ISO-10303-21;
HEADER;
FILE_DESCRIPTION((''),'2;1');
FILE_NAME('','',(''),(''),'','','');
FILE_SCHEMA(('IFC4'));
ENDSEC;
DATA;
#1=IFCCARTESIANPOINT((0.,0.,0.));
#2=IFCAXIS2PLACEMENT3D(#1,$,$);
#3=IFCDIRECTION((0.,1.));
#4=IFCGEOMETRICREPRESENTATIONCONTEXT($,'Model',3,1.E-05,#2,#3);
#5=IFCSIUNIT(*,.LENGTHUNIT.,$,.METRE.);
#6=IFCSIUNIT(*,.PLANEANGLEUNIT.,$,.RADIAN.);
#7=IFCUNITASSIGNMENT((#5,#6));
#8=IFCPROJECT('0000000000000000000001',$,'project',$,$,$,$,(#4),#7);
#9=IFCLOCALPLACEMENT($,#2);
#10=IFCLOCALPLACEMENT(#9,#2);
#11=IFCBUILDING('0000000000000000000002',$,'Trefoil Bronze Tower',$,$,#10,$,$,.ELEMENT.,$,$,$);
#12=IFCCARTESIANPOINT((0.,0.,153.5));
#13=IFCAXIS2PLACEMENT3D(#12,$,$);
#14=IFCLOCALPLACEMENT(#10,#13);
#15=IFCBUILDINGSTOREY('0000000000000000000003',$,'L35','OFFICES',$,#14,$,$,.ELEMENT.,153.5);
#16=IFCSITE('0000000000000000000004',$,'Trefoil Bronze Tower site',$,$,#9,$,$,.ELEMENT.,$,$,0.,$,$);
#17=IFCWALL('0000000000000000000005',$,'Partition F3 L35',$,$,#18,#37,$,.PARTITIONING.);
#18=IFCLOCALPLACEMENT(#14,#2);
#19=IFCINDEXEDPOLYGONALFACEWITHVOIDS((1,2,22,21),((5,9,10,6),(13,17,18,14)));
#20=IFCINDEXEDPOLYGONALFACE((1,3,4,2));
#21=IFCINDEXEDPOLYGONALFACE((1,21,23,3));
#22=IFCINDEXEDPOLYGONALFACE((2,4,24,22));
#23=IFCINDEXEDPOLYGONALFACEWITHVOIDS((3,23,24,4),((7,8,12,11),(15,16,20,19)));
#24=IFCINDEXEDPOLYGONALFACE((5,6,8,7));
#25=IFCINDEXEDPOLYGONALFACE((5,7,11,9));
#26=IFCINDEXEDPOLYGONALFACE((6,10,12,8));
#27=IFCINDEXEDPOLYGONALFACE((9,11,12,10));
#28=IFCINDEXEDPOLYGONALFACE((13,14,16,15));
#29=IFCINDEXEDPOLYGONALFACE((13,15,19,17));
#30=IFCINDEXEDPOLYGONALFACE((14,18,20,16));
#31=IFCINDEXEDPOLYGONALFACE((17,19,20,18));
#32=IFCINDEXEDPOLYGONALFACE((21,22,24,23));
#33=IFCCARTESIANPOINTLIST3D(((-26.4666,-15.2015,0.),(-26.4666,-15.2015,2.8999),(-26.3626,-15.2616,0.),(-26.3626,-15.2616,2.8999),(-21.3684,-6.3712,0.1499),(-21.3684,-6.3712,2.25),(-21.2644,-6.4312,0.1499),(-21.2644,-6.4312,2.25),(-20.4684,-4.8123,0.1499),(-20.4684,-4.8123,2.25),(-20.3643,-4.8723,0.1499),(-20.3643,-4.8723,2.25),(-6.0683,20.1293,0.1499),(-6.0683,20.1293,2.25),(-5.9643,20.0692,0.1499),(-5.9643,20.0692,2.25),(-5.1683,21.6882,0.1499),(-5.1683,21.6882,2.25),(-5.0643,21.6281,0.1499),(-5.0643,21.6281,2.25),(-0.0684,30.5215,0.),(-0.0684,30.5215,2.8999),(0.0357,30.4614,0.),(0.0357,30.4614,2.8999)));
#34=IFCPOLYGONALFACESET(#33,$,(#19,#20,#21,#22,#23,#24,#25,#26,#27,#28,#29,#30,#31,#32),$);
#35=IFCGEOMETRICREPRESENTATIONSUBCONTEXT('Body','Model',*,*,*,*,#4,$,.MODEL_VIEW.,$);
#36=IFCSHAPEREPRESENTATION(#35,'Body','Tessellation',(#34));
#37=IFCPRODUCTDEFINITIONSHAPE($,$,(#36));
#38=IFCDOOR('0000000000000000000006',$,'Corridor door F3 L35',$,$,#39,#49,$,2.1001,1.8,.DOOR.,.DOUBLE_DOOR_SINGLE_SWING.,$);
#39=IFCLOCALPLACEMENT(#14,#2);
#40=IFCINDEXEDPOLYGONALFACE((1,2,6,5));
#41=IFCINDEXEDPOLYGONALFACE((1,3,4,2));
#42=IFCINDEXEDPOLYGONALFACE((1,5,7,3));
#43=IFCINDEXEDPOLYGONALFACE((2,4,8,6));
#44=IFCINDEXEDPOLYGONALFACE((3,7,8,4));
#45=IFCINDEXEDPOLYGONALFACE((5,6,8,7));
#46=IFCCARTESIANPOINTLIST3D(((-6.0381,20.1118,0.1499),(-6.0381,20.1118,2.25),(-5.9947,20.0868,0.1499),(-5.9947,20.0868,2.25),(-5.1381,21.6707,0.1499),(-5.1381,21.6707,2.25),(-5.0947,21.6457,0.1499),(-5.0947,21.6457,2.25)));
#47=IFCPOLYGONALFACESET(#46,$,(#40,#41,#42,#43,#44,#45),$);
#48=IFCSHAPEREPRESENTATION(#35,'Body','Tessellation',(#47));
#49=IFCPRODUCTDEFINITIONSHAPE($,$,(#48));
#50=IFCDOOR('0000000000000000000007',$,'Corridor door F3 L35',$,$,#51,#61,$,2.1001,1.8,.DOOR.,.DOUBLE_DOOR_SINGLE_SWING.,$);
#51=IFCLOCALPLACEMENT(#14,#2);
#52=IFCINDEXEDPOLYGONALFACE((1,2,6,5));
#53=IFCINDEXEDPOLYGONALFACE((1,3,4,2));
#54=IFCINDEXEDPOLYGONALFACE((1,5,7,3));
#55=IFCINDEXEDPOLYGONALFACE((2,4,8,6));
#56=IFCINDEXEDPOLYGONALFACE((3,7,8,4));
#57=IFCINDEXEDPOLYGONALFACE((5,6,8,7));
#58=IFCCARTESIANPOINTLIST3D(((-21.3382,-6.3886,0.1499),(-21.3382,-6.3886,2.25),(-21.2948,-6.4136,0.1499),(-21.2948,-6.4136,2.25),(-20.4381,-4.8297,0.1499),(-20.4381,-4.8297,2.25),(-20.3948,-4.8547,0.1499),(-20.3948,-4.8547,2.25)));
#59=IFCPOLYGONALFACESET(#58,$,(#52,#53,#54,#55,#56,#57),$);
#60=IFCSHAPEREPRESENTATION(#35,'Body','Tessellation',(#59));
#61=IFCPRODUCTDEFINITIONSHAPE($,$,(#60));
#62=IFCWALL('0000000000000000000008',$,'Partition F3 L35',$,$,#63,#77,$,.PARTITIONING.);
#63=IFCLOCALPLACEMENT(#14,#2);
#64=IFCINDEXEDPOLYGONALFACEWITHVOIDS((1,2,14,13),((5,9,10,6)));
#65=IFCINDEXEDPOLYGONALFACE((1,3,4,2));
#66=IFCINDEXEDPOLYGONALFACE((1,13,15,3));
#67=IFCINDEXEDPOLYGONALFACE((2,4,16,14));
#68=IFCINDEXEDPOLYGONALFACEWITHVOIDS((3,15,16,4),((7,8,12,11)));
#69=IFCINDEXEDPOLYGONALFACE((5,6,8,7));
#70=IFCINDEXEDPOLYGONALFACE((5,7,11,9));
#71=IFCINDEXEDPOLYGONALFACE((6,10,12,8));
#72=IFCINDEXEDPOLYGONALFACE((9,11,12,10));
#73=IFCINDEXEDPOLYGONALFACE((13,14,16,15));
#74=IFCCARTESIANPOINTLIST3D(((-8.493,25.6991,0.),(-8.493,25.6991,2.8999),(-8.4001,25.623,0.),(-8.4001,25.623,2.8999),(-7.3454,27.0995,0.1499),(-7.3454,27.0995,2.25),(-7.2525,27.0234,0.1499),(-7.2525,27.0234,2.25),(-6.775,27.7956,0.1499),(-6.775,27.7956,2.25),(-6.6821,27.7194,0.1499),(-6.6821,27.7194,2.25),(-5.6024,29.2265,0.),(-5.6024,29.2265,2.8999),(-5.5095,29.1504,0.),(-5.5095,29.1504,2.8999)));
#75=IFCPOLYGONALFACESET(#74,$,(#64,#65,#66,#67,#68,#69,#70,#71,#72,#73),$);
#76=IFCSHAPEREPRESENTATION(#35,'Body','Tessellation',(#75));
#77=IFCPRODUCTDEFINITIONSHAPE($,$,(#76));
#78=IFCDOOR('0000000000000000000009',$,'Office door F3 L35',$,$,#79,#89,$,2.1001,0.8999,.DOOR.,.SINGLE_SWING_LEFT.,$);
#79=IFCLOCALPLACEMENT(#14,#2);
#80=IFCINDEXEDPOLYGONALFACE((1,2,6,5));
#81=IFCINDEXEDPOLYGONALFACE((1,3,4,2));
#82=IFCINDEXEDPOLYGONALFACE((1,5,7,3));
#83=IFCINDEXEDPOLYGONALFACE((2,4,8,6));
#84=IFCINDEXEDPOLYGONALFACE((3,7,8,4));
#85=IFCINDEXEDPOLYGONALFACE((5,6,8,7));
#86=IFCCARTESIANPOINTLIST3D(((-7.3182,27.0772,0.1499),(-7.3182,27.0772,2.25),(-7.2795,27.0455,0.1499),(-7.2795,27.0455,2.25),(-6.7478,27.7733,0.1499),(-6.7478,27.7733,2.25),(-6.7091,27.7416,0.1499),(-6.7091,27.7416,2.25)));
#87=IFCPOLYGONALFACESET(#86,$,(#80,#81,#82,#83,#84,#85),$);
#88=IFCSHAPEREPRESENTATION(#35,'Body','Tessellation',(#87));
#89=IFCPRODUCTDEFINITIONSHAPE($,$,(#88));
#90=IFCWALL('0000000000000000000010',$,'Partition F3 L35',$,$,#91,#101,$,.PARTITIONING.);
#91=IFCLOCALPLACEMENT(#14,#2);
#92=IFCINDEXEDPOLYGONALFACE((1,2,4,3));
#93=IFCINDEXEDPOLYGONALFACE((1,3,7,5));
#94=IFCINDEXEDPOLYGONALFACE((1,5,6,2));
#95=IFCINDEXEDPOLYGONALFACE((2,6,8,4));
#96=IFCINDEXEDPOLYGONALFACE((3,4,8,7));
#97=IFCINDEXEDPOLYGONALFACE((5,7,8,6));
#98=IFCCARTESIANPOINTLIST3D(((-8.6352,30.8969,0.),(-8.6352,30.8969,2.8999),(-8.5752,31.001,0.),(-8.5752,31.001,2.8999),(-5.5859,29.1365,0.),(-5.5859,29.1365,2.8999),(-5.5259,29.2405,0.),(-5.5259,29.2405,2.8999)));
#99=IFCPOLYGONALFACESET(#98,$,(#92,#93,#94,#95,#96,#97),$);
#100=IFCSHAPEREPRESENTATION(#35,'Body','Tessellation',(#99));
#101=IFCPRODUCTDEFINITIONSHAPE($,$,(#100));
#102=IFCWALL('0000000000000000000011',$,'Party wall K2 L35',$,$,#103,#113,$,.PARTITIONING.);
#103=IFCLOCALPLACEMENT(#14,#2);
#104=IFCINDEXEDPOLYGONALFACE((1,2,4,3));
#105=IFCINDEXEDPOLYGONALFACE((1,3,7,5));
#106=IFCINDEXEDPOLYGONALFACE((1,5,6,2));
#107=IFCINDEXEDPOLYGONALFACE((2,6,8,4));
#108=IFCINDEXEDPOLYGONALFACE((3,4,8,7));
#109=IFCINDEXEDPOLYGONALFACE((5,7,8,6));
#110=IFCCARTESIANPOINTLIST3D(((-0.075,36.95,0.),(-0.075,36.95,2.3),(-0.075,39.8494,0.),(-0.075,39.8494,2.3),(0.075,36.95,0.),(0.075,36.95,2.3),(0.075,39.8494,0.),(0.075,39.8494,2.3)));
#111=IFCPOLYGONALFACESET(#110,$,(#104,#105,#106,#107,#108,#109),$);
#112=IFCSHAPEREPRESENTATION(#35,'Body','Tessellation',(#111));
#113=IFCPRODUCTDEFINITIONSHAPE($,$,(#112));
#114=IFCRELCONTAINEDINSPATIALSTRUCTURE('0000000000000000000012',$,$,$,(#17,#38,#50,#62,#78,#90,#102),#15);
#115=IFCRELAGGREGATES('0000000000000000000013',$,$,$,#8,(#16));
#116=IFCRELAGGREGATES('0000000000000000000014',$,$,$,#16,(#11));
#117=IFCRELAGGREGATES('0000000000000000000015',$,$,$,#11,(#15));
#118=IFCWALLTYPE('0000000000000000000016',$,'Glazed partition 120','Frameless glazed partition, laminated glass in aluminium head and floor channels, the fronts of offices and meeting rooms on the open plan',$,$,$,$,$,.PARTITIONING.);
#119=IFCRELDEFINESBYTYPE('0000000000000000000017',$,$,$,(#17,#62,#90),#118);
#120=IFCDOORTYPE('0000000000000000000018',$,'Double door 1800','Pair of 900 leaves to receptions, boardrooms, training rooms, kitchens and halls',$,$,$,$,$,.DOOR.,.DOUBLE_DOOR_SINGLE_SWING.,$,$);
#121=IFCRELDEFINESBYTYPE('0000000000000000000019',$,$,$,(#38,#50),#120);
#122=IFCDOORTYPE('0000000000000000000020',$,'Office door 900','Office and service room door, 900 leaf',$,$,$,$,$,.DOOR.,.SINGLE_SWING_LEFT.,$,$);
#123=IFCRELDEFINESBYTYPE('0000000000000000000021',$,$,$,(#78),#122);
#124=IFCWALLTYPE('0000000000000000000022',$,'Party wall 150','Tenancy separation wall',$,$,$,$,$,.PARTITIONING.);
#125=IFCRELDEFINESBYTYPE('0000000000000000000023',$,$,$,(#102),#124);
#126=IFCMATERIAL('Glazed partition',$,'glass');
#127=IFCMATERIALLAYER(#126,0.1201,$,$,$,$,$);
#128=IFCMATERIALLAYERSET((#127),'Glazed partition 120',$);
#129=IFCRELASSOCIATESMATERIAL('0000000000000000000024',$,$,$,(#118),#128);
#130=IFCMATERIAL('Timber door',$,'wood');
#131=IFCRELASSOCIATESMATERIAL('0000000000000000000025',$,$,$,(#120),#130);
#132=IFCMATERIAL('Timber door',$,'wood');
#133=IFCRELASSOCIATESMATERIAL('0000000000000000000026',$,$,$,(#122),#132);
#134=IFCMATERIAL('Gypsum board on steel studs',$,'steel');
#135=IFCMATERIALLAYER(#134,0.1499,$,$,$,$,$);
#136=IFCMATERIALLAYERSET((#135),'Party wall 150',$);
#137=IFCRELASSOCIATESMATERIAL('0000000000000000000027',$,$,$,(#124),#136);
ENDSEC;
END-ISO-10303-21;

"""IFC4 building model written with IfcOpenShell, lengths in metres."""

from ifc_helpers import new_model, si_unit, direction, frame, frame_2d, origin, place, context, subcontext, project, spatial, rectangle, extrude, material, layer, layer_set, type_object, element, fill, save


model = new_model("IFC4")

# Units and contexts
model_context = context("Model", 3, precision=1e-05, world=origin(), true_north=direction((0.0, 1.0)))
body_context = subcontext(model_context, "Body", "Model", "MODEL_VIEW")
ifc_project = project(units=[si_unit("LENGTHUNIT", "METRE"), si_unit("PLANEANGLEUNIT", "RADIAN")], contexts=[model_context])

# Site, building, storey
site_placement = place(None, origin())
site = spatial("IfcSite", under=ifc_project, at=site_placement, Name="Trefoil Bronze Tower site", CompositionType="ELEMENT", RefElevation=0.0)
building_placement = place(site_placement, origin())
building = spatial("IfcBuilding", under=site, at=building_placement, Name="Trefoil Bronze Tower", CompositionType="ELEMENT")
storey_placement = place(building_placement, frame((0.0, 0.0, 153.5)))
storey = spatial("IfcBuildingStorey", under=building, at=storey_placement, Name="L35", Description="OFFICES", CompositionType="ELEMENT", Elevation=153.5)

# Wall, openings, doors
ifc_material_1 = material(Name="Glazed partition", Category="glass")
ifc_layer_1 = layer(ifc_material_1, 0.1201)
ifc_layer_set_1 = layer_set([ifc_layer_1], Name="Glazed partition 120")
wall_type_1 = type_object("IfcWallType", Name="Glazed partition 120", Description="Frameless glazed partition, laminated glass in aluminium head and floor channels, the fronts of offices and meeting rooms on the open plan", PredefinedType="PARTITIONING", material=ifc_layer_set_1)
wall_1_placement = place(storey_placement, frame((-0.0164, 30.4915, 0.0), z_axis=(0.0, 0.0, 1.0), x_axis=(-0.500001, -0.866025, 0.0)))
wall_1 = element("IfcWall", 1, at=wall_1_placement, inside=storey, type_object=wall_type_1, Name="Partition F3 L35", PredefinedType="PARTITIONING", context=body_context, shape_type="SweptSolid", body=[
    extrude(rectangle(XDim=52.7964, YDim=0.1201, at=frame_2d((26.3982, 0.0))), origin(), (0.0, 0.0, 1.0), 2.8999),
])
opening_1_placement = place(wall_1_placement, frame((10.2, 0.0, 0.1499)))
opening_1 = element("IfcOpeningElement", 2, at=opening_1_placement, cuts=wall_1, PredefinedType="OPENING", context=body_context, shape_type="SweptSolid", body=[
    extrude(rectangle(XDim=1.8, YDim=2.1001, at=frame_2d((0.8999, 1.05))), frame((0.0, 0.0701, 0.0), z_axis=(0.0, -1.0, 0.0), x_axis=(1.0, 0.0, 0.0)), (0.0, 0.0, 1.0), 0.1401),
])
opening_2_placement = place(wall_1_placement, frame((40.8, 0.0, 0.1499)))
opening_2 = element("IfcOpeningElement", 3, at=opening_2_placement, cuts=wall_1, PredefinedType="OPENING", context=body_context, shape_type="SweptSolid", body=[
    extrude(rectangle(XDim=1.8, YDim=2.1001, at=frame_2d((0.8999, 1.05))), frame((0.0, 0.0701, 0.0), z_axis=(0.0, -1.0, 0.0), x_axis=(1.0, 0.0, 0.0)), (0.0, 0.0, 1.0), 0.1401),
])
ifc_material_2 = material(Name="Timber door", Category="wood")
door_type_1 = type_object("IfcDoorType", Name="Double door 1800", Description="Pair of 900 leaves to receptions, boardrooms, training rooms, kitchens and halls", OperationType="DOUBLE_DOOR_SINGLE_SWING", PredefinedType="DOOR", material=ifc_material_2)
door_1_placement = place(opening_1_placement, origin())
door_1 = element("IfcDoor", 4, at=door_1_placement, inside=storey, type_object=door_type_1, Name="Corridor door F3 L35", OperationType="DOUBLE_DOOR_SINGLE_SWING", OverallHeight=2.1001, OverallWidth=1.8, PredefinedType="DOOR", context=body_context, shape_type="SweptSolid", body=[
    extrude(rectangle(XDim=1.8, YDim=2.1001, at=frame_2d((0.8999, 1.05))), frame((0.0, 0.0249, 0.0), z_axis=(0.0, -1.0, 0.0), x_axis=(1.0, 0.0, 0.0)), (0.0, 0.0, 1.0), 0.05),
])
fill(opening_1, door_1)
door_2_placement = place(opening_2_placement, origin())
door_2 = element("IfcDoor", 5, at=door_2_placement, inside=storey, type_object=door_type_1, Name="Corridor door F3 L35", OperationType="DOUBLE_DOOR_SINGLE_SWING", OverallHeight=2.1001, OverallWidth=1.8, PredefinedType="DOOR", context=body_context, shape_type="SweptSolid", body=[
    extrude(rectangle(XDim=1.8, YDim=2.1001, at=frame_2d((0.8999, 1.05))), frame((0.0, 0.0249, 0.0), z_axis=(0.0, -1.0, 0.0), x_axis=(1.0, 0.0, 0.0)), (0.0, 0.0, 1.0), 0.05),
])
fill(opening_2, door_2)

# Wall, opening, door
wall_2_placement = place(storey_placement, frame((-5.5559, 29.1885, 0.0), z_axis=(0.0, 0.0, 1.0), x_axis=(-0.633844, -0.773461, 0.0)))
wall_2 = element("IfcWall", 6, at=wall_2_placement, inside=storey, type_object=wall_type_1, Name="Partition F3 L35", PredefinedType="PARTITIONING", context=body_context, shape_type="SweptSolid", body=[
    extrude(rectangle(XDim=4.5605, YDim=0.1201, at=frame_2d((2.2803, 0.0))), origin(), (0.0, 0.0, 1.0), 2.8999),
])
opening_3_placement = place(wall_2_placement, frame((1.8501, 0.0, 0.1499)))
opening_3 = element("IfcOpeningElement", 7, at=opening_3_placement, cuts=wall_2, PredefinedType="OPENING", context=body_context, shape_type="SweptSolid", body=[
    extrude(rectangle(XDim=0.8999, YDim=2.1001, at=frame_2d((0.45, 1.05))), frame((0.0, 0.0701, 0.0), z_axis=(0.0, -1.0, 0.0), x_axis=(1.0, 0.0, 0.0)), (0.0, 0.0, 1.0), 0.1401),
])
ifc_material_3 = material(Name="Timber door", Category="wood")
door_type_2 = type_object("IfcDoorType", Name="Office door 900", Description="Office and service room door, 900 leaf", OperationType="SINGLE_SWING_LEFT", PredefinedType="DOOR", material=ifc_material_3)
door_3_placement = place(opening_3_placement, frame((0.8999, 0.0, 0.0), z_axis=(0.0, 0.0, 1.0), x_axis=(-1.0, 0.0, 0.0)))
door_3 = element("IfcDoor", 8, at=door_3_placement, inside=storey, type_object=door_type_2, Name="Office door F3 L35", OperationType="SINGLE_SWING_LEFT", OverallHeight=2.1001, OverallWidth=0.8999, PredefinedType="DOOR", context=body_context, shape_type="SweptSolid", body=[
    extrude(rectangle(XDim=0.8999, YDim=2.1001, at=frame_2d((0.45, 1.05))), frame((0.0, 0.0249, 0.0), z_axis=(0.0, -1.0, 0.0), x_axis=(1.0, 0.0, 0.0)), (0.0, 0.0, 1.0), 0.05),
])
fill(opening_3, door_3)

# Walls
wall_3_placement = place(storey_placement, frame((-5.5559, 29.1885, 0.0), z_axis=(0.0, 0.0, 1.0), x_axis=(-0.866029, 0.499995, 0.0)))
element("IfcWall", 9, at=wall_3_placement, inside=storey, type_object=wall_type_1, Name="Partition F3 L35", PredefinedType="PARTITIONING", context=body_context, shape_type="SweptSolid", body=[
    extrude(rectangle(XDim=3.521, YDim=0.1201, at=frame_2d((1.7605, 0.0))), origin(), (0.0, 0.0, 1.0), 2.8999),
])
ifc_material_4 = material(Name="Gypsum board on steel studs", Category="steel")
ifc_layer_2 = layer(ifc_material_4, 0.1499)
ifc_layer_set_2 = layer_set([ifc_layer_2], Name="Party wall 150")
wall_type_2 = type_object("IfcWallType", Name="Party wall 150", Description="Tenancy separation wall", PredefinedType="PARTITIONING", material=ifc_layer_set_2)
wall_4_placement = place(storey_placement, frame((0.0, 36.95, 0.0), z_axis=(0.0, 0.0, 1.0), x_axis=(0.0, 1.0, 0.0)))
element("IfcWall", 10, at=wall_4_placement, inside=storey, type_object=wall_type_2, Name="Party wall K2 L35", PredefinedType="PARTITIONING", context=body_context, shape_type="SweptSolid", body=[
    extrude(rectangle(XDim=2.8994, YDim=0.1499, at=frame_2d((1.4497, 0.0))), origin(), (0.0, 0.0, 1.0), 2.3),
])

save(model, "model.ifc")
